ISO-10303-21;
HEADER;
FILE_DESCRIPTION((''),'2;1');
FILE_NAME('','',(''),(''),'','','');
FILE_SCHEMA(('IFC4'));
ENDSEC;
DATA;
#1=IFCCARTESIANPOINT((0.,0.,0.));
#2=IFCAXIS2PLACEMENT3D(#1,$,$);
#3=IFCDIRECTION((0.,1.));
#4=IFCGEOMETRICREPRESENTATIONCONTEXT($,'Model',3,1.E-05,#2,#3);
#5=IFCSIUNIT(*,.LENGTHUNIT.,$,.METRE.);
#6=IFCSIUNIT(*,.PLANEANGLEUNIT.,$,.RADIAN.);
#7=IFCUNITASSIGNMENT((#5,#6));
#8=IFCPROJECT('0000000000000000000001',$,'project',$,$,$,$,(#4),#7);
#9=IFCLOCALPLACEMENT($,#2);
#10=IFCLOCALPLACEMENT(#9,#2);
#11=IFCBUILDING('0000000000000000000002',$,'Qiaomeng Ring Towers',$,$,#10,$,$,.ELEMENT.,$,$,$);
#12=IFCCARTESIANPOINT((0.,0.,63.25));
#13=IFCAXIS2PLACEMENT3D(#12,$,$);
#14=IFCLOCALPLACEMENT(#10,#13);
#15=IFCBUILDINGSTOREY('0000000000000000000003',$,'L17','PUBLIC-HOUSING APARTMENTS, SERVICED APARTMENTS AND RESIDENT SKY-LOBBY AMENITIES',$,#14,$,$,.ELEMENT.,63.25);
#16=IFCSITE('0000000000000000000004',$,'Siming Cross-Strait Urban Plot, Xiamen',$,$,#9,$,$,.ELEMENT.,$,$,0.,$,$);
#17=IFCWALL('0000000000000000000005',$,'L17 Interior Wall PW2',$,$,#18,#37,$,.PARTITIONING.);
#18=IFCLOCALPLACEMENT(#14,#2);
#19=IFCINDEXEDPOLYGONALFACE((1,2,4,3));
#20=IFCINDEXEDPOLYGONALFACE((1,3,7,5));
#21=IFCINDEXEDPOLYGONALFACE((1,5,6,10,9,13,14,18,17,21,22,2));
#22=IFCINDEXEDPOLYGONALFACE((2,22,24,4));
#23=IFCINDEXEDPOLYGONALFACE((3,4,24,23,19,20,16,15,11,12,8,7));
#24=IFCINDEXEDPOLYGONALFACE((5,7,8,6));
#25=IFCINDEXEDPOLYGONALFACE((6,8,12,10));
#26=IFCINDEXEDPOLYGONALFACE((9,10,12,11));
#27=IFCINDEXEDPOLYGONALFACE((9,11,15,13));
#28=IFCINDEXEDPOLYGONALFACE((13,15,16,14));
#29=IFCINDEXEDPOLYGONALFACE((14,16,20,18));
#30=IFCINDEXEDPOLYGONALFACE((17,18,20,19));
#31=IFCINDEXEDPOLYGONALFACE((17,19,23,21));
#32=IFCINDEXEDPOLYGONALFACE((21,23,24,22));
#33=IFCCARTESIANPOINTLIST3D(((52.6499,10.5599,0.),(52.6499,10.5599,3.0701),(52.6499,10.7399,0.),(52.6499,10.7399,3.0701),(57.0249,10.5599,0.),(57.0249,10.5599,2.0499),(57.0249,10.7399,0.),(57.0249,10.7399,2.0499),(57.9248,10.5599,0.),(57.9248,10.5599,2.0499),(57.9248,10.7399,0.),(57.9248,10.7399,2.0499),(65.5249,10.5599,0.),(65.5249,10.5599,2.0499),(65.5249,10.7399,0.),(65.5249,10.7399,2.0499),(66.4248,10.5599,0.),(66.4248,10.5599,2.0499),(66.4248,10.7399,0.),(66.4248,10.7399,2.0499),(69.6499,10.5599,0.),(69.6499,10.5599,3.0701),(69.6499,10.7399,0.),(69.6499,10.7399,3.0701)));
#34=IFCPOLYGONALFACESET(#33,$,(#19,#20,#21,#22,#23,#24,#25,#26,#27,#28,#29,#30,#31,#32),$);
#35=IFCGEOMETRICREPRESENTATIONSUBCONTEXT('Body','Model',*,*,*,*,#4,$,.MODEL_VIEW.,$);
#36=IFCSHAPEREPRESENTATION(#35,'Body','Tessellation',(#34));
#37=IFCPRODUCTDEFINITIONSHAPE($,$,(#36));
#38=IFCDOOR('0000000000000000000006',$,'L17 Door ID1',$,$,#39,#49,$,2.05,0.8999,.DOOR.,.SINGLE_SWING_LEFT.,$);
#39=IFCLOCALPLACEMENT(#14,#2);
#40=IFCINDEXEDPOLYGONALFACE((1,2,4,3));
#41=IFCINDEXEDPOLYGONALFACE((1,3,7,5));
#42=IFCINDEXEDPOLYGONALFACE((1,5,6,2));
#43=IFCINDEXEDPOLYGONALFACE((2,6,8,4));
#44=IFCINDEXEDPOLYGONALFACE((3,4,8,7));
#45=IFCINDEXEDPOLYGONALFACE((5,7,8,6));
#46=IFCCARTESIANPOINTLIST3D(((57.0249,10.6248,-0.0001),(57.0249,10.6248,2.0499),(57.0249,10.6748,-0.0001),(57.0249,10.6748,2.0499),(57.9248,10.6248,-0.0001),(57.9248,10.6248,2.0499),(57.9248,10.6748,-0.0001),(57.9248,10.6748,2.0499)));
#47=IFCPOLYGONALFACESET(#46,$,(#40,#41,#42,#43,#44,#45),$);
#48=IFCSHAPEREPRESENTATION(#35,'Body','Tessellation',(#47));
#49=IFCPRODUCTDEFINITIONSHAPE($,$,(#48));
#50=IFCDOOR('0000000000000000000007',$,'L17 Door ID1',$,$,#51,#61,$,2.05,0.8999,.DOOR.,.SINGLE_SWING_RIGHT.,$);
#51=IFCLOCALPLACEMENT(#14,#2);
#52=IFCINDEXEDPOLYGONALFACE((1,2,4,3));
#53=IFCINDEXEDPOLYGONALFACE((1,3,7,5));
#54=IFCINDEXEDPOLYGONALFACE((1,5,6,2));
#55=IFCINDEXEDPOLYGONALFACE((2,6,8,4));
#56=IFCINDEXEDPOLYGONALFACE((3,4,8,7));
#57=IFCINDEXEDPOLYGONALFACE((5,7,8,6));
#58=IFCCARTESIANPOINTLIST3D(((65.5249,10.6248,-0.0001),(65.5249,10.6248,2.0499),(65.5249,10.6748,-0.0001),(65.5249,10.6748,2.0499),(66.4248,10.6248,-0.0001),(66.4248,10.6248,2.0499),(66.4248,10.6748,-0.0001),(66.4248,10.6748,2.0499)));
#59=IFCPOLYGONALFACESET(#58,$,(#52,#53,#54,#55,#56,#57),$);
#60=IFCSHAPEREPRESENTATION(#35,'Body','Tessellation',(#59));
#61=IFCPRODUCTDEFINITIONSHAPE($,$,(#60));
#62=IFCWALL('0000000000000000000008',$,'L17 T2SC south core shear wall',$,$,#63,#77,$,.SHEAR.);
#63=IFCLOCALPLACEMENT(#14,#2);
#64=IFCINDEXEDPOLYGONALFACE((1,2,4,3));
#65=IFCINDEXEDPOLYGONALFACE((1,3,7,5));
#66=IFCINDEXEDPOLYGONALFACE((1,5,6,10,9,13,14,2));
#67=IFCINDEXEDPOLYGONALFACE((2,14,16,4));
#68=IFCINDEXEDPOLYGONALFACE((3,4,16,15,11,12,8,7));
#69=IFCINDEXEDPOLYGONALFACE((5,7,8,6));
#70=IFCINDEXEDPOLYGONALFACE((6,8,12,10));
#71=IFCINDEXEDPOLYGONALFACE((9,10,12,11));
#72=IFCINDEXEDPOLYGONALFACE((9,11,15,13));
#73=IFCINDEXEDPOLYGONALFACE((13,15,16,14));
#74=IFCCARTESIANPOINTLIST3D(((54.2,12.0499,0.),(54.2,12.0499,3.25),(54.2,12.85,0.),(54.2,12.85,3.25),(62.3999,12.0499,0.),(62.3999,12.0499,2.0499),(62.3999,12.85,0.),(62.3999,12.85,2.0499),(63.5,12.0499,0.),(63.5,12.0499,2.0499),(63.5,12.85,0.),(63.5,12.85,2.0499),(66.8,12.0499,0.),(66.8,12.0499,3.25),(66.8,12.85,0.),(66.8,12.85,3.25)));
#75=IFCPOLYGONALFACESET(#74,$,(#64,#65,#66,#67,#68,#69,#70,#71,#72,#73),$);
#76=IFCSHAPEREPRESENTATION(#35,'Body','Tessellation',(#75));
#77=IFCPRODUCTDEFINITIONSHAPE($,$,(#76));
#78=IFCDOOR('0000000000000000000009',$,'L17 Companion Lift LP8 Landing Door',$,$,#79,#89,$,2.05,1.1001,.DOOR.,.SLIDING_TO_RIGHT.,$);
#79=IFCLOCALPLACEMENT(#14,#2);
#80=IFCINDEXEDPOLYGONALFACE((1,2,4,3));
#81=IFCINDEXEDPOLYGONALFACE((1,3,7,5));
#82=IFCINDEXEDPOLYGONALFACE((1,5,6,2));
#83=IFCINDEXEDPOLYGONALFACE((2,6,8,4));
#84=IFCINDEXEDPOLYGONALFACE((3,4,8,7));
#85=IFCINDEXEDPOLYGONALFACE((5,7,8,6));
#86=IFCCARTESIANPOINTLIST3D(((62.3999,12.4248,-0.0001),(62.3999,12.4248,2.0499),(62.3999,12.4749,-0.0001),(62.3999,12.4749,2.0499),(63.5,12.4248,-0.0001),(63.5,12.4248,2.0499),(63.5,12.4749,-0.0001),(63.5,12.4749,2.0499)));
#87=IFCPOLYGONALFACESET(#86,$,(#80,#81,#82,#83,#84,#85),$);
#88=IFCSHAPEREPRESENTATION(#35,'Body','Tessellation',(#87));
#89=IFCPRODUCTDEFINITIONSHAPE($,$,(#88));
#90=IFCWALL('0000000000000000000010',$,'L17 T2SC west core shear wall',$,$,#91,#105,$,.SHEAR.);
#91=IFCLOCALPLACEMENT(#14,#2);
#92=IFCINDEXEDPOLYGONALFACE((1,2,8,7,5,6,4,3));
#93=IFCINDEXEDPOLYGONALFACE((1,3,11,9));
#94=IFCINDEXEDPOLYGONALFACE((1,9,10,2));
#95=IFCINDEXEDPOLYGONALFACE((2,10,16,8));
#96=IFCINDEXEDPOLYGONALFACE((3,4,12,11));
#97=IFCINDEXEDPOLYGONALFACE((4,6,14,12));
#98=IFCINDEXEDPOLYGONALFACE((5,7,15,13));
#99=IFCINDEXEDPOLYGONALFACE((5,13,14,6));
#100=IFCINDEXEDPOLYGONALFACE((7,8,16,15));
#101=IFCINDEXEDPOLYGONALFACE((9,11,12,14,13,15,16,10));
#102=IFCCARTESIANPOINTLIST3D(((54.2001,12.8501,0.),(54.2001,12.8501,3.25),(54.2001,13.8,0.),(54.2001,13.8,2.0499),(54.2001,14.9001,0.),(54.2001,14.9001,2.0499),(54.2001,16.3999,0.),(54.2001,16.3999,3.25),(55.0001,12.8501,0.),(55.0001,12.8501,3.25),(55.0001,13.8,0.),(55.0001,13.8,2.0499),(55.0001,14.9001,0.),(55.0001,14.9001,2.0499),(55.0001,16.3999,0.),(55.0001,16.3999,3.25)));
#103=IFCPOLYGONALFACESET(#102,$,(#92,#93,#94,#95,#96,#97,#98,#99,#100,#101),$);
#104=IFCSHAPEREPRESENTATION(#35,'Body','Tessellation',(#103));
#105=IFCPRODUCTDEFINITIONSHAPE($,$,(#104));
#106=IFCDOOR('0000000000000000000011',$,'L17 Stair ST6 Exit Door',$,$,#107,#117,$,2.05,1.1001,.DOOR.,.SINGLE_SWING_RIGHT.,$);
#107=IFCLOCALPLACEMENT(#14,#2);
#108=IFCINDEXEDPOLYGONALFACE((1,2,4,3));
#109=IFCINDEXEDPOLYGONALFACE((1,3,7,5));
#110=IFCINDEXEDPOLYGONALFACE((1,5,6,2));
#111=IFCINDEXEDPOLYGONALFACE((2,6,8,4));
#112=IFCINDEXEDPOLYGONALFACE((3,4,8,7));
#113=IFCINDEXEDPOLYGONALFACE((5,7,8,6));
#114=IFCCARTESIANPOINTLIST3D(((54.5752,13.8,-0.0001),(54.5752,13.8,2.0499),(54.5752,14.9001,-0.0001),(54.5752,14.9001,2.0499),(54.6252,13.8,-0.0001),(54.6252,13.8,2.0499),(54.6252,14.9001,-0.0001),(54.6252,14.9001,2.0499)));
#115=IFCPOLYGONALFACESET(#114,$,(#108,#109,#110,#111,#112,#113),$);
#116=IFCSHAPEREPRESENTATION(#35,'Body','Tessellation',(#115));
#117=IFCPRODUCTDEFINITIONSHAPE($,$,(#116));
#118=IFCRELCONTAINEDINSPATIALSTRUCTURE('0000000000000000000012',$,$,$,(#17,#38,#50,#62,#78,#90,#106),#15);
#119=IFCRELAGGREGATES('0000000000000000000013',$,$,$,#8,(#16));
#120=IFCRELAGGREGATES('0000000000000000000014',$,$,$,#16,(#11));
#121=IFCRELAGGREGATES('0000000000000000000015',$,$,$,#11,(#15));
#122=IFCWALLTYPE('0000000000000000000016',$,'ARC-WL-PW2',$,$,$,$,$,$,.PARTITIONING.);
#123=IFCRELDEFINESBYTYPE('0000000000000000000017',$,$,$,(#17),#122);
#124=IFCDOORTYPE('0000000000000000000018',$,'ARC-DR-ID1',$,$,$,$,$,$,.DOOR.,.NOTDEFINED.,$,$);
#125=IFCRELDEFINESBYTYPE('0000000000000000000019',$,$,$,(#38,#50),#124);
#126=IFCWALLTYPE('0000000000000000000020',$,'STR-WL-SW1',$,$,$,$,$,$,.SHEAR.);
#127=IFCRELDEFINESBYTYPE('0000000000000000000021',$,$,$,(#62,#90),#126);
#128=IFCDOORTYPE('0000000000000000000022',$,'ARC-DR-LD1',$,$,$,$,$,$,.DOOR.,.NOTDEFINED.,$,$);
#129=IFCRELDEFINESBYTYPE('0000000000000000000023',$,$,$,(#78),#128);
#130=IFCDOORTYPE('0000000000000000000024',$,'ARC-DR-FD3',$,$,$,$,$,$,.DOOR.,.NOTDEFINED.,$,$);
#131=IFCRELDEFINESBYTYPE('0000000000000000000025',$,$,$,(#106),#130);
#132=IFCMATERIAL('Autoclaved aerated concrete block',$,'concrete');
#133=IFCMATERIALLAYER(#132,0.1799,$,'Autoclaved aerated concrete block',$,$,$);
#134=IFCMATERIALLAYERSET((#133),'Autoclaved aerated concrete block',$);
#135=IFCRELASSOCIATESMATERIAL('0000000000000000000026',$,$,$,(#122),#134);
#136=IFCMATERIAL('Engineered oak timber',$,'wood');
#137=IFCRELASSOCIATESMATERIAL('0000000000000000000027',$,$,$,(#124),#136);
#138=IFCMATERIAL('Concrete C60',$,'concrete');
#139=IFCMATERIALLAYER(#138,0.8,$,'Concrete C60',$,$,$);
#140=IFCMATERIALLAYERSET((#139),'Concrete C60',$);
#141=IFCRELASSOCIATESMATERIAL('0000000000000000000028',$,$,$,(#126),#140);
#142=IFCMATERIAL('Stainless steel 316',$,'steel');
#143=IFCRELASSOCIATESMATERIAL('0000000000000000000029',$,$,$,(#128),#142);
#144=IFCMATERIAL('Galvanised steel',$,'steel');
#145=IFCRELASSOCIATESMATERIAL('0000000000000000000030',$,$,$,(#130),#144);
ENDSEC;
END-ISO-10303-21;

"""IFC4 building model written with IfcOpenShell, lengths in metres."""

from ifc_helpers import new_model, si_unit, direction, frame, frame_2d, origin, place, context, subcontext, project, spatial, rectangle, extrude, source, transform, mapped, material, layer, layer_set, type_object, element, fill, save


model = new_model("IFC4")

# Units and contexts
model_context = context("Model", 3, precision=1e-05, world=origin(), true_north=direction((0.0, 1.0)))
body_context = subcontext(model_context, "Body", "Model", "MODEL_VIEW")
ifc_project = project(units=[si_unit("LENGTHUNIT", "METRE"), si_unit("PLANEANGLEUNIT", "RADIAN")], contexts=[model_context])

# Site, building, storey
site_placement = place(None, origin())
site = spatial("IfcSite", under=ifc_project, at=site_placement, Name="Siming Cross-Strait Urban Plot, Xiamen", CompositionType="ELEMENT", RefElevation=0.0)
building_placement = place(site_placement, origin())
building = spatial("IfcBuilding", under=site, at=building_placement, Name="Qiaomeng Ring Towers", CompositionType="ELEMENT")
storey_placement = place(building_placement, frame((0.0, 0.0, 63.25)))
storey = spatial("IfcBuildingStorey", under=building, at=storey_placement, Name="L17", Description="PUBLIC-HOUSING APARTMENTS, SERVICED APARTMENTS AND RESIDENT SKY-LOBBY AMENITIES", CompositionType="ELEMENT", Elevation=63.25)

# Shared definitions
ifc_material_1 = material(Name="Concrete C60", Category="concrete")

# Wall, openings, doors
ifc_material_2 = material(Name="Autoclaved aerated concrete block", Category="concrete")
ifc_layer_1 = layer(ifc_material_2, 0.1799, Name="Autoclaved aerated concrete block")
ifc_layer_set_1 = layer_set([ifc_layer_1], Name="Autoclaved aerated concrete block")
wall_type_1 = type_object("IfcWallType", Name="ARC-WL-PW2", PredefinedType="PARTITIONING", material=ifc_layer_set_1)
ifc_material_3 = material(Name="Engineered oak timber", Category="wood")
door_type_1 = type_object("IfcDoorType", Name="ARC-DR-ID1", OperationType="NOTDEFINED", PredefinedType="DOOR", material=ifc_material_3)
shared_shape_1 = source(origin(), body_context, "Body", "SweptSolid", [
    extrude(rectangle(XDim=0.8999, YDim=2.05, at=frame_2d((0.45, 1.0249))), frame((0.0, 0.0249, 0.0), z_axis=(0.0, -1.0, 0.0), x_axis=(1.0, 0.0, 0.0)), (0.0, 0.0, 1.0), 0.05),
])
wall_1_placement = place(storey_placement, frame((52.6499, 10.6499, 0.0), z_axis=(0.0, 0.0, 1.0), x_axis=(1.0, 0.0, 0.0)))
wall_1 = element("IfcWall", 1, at=wall_1_placement, inside=storey, type_object=wall_type_1, Name="L17 Interior Wall PW2", PredefinedType="PARTITIONING", context=body_context, shape_type="SweptSolid", body=[
    extrude(rectangle(XDim=17.0, YDim=0.1799, at=frame_2d((8.5, 0.0))), origin(), (0.0, 0.0, 1.0), 3.0701),
])
opening_1_placement = place(wall_1_placement, frame((4.375, 0.0, 0.0)))
opening_1 = element("IfcOpeningElement", 2, at=opening_1_placement, cuts=wall_1, PredefinedType="OPENING", context=body_context, shape_type="SweptSolid", body=[
    extrude(rectangle(XDim=0.8999, YDim=2.05, at=frame_2d((0.45, 1.0249))), frame((0.0, 0.0999, 0.0), z_axis=(0.0, -1.0, 0.0), x_axis=(1.0, 0.0, 0.0)), (0.0, 0.0, 1.0), 0.2),
])
opening_2_placement = place(wall_1_placement, frame((12.875, 0.0, 0.0)))
opening_2 = element("IfcOpeningElement", 3, at=opening_2_placement, cuts=wall_1, PredefinedType="OPENING", context=body_context, shape_type="SweptSolid", body=[
    extrude(rectangle(XDim=0.8999, YDim=2.05, at=frame_2d((0.45, 1.0249))), frame((0.0, 0.0999, 0.0), z_axis=(0.0, -1.0, 0.0), x_axis=(1.0, 0.0, 0.0)), (0.0, 0.0, 1.0), 0.2),
])
door_1_placement = place(opening_1_placement, origin())
door_1 = element("IfcDoor", 4, at=door_1_placement, inside=storey, type_object=door_type_1, Name="L17 Door ID1", OperationType="SINGLE_SWING_LEFT", OverallHeight=2.05, OverallWidth=0.8999, PredefinedType="DOOR", context=body_context, shape_type="MappedRepresentation", body=[
    mapped(shared_shape_1, transform((0.0, 0.0, 0.0), x_axis=(1.0, 0.0, 0.0), y_axis=(0.0, 1.0, 0.0), z_axis=(0.0, 0.0, 1.0), scale=1.0)),
])
fill(opening_1, door_1)
door_2_placement = place(opening_2_placement, origin())
door_2 = element("IfcDoor", 5, at=door_2_placement, inside=storey, type_object=door_type_1, Name="L17 Door ID1", OperationType="SINGLE_SWING_RIGHT", OverallHeight=2.05, OverallWidth=0.8999, PredefinedType="DOOR", context=body_context, shape_type="MappedRepresentation", body=[
    mapped(shared_shape_1, transform((0.0, 0.0, 0.0), x_axis=(1.0, 0.0, 0.0), y_axis=(0.0, 1.0, 0.0), z_axis=(0.0, 0.0, 1.0), scale=1.0)),
])
fill(opening_2, door_2)

# Walls, openings, doors
ifc_layer_2 = layer(ifc_material_1, 0.8, Name="Concrete C60")
ifc_layer_set_2 = layer_set([ifc_layer_2], Name="Concrete C60")
wall_type_2 = type_object("IfcWallType", Name="STR-WL-SW1", PredefinedType="SHEAR", material=ifc_layer_set_2)
wall_2_placement = place(storey_placement, frame((54.2, 12.45, 0.0), z_axis=(0.0, 0.0, 1.0), x_axis=(1.0, 0.0, 0.0)))
wall_2 = element("IfcWall", 6, at=wall_2_placement, inside=storey, type_object=wall_type_2, Name="L17 T2SC south core shear wall", PredefinedType="SHEAR", context=body_context, shape_type="SweptSolid", body=[
    extrude(rectangle(XDim=12.6001, YDim=0.8, at=frame_2d((6.3, 0.0))), origin(), (0.0, 0.0, 1.0), 3.25),
])
opening_3_placement = place(wall_2_placement, frame((8.2, 0.0, 0.0)))
opening_3 = element("IfcOpeningElement", 7, at=opening_3_placement, cuts=wall_2, PredefinedType="OPENING", context=body_context, shape_type="SweptSolid", body=[
    extrude(rectangle(XDim=1.1001, YDim=2.05, at=frame_2d((0.55, 1.0249))), frame((0.0, 0.4099, 0.0), z_axis=(0.0, -1.0, 0.0), x_axis=(1.0, 0.0, 0.0)), (0.0, 0.0, 1.0), 0.8201),
])
ifc_material_4 = material(Name="Stainless steel 316", Category="steel")
door_type_2 = type_object("IfcDoorType", Name="ARC-DR-LD1", OperationType="NOTDEFINED", PredefinedType="DOOR", material=ifc_material_4)
shared_shape_2 = source(origin(), body_context, "Body", "SweptSolid", [
    extrude(rectangle(XDim=1.1001, YDim=2.05, at=frame_2d((0.55, 1.0249))), frame((0.0, 0.0249, 0.0), z_axis=(0.0, -1.0, 0.0), x_axis=(1.0, 0.0, 0.0)), (0.0, 0.0, 1.0), 0.05),
])
door_3_placement = place(opening_3_placement, origin())
door_3 = element("IfcDoor", 8, at=door_3_placement, inside=storey, type_object=door_type_2, Name="L17 Companion Lift LP8 Landing Door", OperationType="SLIDING_TO_RIGHT", OverallHeight=2.05, OverallWidth=1.1001, PredefinedType="DOOR", context=body_context, shape_type="MappedRepresentation", body=[
    mapped(shared_shape_2, transform((0.0, 0.0, 0.0), x_axis=(1.0, 0.0, 0.0), y_axis=(0.0, 1.0, 0.0), z_axis=(0.0, 0.0, 1.0), scale=1.0)),
])
fill(opening_3, door_3)
wall_3_placement = place(storey_placement, frame((54.6001, 12.8501, 0.0), z_axis=(0.0, 0.0, 1.0), x_axis=(0.0, 1.0, 0.0)))
wall_3 = element("IfcWall", 9, at=wall_3_placement, inside=storey, type_object=wall_type_2, Name="L17 T2SC west core shear wall", PredefinedType="SHEAR", context=body_context, shape_type="SweptSolid", body=[
    extrude(rectangle(XDim=3.5498, YDim=0.8, at=frame_2d((1.7749, 0.0))), origin(), (0.0, 0.0, 1.0), 3.25),
])
opening_4_placement = place(wall_3_placement, frame((0.95, 0.0, 0.0)))
opening_4 = element("IfcOpeningElement", 10, at=opening_4_placement, cuts=wall_3, PredefinedType="OPENING", context=body_context, shape_type="SweptSolid", body=[
    extrude(rectangle(XDim=1.1001, YDim=2.05, at=frame_2d((0.55, 1.0249))), frame((0.0, 0.4099, 0.0), z_axis=(0.0, -1.0, 0.0), x_axis=(1.0, 0.0, 0.0)), (0.0, 0.0, 1.0), 0.8201),
])
ifc_material_5 = material(Name="Galvanised steel", Category="steel")
door_type_3 = type_object("IfcDoorType", Name="ARC-DR-FD3", OperationType="NOTDEFINED", PredefinedType="DOOR", material=ifc_material_5)
door_4_placement = place(opening_4_placement, origin())
door_4 = element("IfcDoor", 11, at=door_4_placement, inside=storey, type_object=door_type_3, Name="L17 Stair ST6 Exit Door", OperationType="SINGLE_SWING_RIGHT", OverallHeight=2.05, OverallWidth=1.1001, PredefinedType="DOOR", context=body_context, shape_type="MappedRepresentation", body=[
    mapped(shared_shape_2, transform((0.0, 0.0, 0.0), x_axis=(1.0, 0.0, 0.0), y_axis=(0.0, 1.0, 0.0), z_axis=(0.0, 0.0, 1.0), scale=1.0)),
])
fill(opening_4, door_4)

save(model, "model.ifc")
